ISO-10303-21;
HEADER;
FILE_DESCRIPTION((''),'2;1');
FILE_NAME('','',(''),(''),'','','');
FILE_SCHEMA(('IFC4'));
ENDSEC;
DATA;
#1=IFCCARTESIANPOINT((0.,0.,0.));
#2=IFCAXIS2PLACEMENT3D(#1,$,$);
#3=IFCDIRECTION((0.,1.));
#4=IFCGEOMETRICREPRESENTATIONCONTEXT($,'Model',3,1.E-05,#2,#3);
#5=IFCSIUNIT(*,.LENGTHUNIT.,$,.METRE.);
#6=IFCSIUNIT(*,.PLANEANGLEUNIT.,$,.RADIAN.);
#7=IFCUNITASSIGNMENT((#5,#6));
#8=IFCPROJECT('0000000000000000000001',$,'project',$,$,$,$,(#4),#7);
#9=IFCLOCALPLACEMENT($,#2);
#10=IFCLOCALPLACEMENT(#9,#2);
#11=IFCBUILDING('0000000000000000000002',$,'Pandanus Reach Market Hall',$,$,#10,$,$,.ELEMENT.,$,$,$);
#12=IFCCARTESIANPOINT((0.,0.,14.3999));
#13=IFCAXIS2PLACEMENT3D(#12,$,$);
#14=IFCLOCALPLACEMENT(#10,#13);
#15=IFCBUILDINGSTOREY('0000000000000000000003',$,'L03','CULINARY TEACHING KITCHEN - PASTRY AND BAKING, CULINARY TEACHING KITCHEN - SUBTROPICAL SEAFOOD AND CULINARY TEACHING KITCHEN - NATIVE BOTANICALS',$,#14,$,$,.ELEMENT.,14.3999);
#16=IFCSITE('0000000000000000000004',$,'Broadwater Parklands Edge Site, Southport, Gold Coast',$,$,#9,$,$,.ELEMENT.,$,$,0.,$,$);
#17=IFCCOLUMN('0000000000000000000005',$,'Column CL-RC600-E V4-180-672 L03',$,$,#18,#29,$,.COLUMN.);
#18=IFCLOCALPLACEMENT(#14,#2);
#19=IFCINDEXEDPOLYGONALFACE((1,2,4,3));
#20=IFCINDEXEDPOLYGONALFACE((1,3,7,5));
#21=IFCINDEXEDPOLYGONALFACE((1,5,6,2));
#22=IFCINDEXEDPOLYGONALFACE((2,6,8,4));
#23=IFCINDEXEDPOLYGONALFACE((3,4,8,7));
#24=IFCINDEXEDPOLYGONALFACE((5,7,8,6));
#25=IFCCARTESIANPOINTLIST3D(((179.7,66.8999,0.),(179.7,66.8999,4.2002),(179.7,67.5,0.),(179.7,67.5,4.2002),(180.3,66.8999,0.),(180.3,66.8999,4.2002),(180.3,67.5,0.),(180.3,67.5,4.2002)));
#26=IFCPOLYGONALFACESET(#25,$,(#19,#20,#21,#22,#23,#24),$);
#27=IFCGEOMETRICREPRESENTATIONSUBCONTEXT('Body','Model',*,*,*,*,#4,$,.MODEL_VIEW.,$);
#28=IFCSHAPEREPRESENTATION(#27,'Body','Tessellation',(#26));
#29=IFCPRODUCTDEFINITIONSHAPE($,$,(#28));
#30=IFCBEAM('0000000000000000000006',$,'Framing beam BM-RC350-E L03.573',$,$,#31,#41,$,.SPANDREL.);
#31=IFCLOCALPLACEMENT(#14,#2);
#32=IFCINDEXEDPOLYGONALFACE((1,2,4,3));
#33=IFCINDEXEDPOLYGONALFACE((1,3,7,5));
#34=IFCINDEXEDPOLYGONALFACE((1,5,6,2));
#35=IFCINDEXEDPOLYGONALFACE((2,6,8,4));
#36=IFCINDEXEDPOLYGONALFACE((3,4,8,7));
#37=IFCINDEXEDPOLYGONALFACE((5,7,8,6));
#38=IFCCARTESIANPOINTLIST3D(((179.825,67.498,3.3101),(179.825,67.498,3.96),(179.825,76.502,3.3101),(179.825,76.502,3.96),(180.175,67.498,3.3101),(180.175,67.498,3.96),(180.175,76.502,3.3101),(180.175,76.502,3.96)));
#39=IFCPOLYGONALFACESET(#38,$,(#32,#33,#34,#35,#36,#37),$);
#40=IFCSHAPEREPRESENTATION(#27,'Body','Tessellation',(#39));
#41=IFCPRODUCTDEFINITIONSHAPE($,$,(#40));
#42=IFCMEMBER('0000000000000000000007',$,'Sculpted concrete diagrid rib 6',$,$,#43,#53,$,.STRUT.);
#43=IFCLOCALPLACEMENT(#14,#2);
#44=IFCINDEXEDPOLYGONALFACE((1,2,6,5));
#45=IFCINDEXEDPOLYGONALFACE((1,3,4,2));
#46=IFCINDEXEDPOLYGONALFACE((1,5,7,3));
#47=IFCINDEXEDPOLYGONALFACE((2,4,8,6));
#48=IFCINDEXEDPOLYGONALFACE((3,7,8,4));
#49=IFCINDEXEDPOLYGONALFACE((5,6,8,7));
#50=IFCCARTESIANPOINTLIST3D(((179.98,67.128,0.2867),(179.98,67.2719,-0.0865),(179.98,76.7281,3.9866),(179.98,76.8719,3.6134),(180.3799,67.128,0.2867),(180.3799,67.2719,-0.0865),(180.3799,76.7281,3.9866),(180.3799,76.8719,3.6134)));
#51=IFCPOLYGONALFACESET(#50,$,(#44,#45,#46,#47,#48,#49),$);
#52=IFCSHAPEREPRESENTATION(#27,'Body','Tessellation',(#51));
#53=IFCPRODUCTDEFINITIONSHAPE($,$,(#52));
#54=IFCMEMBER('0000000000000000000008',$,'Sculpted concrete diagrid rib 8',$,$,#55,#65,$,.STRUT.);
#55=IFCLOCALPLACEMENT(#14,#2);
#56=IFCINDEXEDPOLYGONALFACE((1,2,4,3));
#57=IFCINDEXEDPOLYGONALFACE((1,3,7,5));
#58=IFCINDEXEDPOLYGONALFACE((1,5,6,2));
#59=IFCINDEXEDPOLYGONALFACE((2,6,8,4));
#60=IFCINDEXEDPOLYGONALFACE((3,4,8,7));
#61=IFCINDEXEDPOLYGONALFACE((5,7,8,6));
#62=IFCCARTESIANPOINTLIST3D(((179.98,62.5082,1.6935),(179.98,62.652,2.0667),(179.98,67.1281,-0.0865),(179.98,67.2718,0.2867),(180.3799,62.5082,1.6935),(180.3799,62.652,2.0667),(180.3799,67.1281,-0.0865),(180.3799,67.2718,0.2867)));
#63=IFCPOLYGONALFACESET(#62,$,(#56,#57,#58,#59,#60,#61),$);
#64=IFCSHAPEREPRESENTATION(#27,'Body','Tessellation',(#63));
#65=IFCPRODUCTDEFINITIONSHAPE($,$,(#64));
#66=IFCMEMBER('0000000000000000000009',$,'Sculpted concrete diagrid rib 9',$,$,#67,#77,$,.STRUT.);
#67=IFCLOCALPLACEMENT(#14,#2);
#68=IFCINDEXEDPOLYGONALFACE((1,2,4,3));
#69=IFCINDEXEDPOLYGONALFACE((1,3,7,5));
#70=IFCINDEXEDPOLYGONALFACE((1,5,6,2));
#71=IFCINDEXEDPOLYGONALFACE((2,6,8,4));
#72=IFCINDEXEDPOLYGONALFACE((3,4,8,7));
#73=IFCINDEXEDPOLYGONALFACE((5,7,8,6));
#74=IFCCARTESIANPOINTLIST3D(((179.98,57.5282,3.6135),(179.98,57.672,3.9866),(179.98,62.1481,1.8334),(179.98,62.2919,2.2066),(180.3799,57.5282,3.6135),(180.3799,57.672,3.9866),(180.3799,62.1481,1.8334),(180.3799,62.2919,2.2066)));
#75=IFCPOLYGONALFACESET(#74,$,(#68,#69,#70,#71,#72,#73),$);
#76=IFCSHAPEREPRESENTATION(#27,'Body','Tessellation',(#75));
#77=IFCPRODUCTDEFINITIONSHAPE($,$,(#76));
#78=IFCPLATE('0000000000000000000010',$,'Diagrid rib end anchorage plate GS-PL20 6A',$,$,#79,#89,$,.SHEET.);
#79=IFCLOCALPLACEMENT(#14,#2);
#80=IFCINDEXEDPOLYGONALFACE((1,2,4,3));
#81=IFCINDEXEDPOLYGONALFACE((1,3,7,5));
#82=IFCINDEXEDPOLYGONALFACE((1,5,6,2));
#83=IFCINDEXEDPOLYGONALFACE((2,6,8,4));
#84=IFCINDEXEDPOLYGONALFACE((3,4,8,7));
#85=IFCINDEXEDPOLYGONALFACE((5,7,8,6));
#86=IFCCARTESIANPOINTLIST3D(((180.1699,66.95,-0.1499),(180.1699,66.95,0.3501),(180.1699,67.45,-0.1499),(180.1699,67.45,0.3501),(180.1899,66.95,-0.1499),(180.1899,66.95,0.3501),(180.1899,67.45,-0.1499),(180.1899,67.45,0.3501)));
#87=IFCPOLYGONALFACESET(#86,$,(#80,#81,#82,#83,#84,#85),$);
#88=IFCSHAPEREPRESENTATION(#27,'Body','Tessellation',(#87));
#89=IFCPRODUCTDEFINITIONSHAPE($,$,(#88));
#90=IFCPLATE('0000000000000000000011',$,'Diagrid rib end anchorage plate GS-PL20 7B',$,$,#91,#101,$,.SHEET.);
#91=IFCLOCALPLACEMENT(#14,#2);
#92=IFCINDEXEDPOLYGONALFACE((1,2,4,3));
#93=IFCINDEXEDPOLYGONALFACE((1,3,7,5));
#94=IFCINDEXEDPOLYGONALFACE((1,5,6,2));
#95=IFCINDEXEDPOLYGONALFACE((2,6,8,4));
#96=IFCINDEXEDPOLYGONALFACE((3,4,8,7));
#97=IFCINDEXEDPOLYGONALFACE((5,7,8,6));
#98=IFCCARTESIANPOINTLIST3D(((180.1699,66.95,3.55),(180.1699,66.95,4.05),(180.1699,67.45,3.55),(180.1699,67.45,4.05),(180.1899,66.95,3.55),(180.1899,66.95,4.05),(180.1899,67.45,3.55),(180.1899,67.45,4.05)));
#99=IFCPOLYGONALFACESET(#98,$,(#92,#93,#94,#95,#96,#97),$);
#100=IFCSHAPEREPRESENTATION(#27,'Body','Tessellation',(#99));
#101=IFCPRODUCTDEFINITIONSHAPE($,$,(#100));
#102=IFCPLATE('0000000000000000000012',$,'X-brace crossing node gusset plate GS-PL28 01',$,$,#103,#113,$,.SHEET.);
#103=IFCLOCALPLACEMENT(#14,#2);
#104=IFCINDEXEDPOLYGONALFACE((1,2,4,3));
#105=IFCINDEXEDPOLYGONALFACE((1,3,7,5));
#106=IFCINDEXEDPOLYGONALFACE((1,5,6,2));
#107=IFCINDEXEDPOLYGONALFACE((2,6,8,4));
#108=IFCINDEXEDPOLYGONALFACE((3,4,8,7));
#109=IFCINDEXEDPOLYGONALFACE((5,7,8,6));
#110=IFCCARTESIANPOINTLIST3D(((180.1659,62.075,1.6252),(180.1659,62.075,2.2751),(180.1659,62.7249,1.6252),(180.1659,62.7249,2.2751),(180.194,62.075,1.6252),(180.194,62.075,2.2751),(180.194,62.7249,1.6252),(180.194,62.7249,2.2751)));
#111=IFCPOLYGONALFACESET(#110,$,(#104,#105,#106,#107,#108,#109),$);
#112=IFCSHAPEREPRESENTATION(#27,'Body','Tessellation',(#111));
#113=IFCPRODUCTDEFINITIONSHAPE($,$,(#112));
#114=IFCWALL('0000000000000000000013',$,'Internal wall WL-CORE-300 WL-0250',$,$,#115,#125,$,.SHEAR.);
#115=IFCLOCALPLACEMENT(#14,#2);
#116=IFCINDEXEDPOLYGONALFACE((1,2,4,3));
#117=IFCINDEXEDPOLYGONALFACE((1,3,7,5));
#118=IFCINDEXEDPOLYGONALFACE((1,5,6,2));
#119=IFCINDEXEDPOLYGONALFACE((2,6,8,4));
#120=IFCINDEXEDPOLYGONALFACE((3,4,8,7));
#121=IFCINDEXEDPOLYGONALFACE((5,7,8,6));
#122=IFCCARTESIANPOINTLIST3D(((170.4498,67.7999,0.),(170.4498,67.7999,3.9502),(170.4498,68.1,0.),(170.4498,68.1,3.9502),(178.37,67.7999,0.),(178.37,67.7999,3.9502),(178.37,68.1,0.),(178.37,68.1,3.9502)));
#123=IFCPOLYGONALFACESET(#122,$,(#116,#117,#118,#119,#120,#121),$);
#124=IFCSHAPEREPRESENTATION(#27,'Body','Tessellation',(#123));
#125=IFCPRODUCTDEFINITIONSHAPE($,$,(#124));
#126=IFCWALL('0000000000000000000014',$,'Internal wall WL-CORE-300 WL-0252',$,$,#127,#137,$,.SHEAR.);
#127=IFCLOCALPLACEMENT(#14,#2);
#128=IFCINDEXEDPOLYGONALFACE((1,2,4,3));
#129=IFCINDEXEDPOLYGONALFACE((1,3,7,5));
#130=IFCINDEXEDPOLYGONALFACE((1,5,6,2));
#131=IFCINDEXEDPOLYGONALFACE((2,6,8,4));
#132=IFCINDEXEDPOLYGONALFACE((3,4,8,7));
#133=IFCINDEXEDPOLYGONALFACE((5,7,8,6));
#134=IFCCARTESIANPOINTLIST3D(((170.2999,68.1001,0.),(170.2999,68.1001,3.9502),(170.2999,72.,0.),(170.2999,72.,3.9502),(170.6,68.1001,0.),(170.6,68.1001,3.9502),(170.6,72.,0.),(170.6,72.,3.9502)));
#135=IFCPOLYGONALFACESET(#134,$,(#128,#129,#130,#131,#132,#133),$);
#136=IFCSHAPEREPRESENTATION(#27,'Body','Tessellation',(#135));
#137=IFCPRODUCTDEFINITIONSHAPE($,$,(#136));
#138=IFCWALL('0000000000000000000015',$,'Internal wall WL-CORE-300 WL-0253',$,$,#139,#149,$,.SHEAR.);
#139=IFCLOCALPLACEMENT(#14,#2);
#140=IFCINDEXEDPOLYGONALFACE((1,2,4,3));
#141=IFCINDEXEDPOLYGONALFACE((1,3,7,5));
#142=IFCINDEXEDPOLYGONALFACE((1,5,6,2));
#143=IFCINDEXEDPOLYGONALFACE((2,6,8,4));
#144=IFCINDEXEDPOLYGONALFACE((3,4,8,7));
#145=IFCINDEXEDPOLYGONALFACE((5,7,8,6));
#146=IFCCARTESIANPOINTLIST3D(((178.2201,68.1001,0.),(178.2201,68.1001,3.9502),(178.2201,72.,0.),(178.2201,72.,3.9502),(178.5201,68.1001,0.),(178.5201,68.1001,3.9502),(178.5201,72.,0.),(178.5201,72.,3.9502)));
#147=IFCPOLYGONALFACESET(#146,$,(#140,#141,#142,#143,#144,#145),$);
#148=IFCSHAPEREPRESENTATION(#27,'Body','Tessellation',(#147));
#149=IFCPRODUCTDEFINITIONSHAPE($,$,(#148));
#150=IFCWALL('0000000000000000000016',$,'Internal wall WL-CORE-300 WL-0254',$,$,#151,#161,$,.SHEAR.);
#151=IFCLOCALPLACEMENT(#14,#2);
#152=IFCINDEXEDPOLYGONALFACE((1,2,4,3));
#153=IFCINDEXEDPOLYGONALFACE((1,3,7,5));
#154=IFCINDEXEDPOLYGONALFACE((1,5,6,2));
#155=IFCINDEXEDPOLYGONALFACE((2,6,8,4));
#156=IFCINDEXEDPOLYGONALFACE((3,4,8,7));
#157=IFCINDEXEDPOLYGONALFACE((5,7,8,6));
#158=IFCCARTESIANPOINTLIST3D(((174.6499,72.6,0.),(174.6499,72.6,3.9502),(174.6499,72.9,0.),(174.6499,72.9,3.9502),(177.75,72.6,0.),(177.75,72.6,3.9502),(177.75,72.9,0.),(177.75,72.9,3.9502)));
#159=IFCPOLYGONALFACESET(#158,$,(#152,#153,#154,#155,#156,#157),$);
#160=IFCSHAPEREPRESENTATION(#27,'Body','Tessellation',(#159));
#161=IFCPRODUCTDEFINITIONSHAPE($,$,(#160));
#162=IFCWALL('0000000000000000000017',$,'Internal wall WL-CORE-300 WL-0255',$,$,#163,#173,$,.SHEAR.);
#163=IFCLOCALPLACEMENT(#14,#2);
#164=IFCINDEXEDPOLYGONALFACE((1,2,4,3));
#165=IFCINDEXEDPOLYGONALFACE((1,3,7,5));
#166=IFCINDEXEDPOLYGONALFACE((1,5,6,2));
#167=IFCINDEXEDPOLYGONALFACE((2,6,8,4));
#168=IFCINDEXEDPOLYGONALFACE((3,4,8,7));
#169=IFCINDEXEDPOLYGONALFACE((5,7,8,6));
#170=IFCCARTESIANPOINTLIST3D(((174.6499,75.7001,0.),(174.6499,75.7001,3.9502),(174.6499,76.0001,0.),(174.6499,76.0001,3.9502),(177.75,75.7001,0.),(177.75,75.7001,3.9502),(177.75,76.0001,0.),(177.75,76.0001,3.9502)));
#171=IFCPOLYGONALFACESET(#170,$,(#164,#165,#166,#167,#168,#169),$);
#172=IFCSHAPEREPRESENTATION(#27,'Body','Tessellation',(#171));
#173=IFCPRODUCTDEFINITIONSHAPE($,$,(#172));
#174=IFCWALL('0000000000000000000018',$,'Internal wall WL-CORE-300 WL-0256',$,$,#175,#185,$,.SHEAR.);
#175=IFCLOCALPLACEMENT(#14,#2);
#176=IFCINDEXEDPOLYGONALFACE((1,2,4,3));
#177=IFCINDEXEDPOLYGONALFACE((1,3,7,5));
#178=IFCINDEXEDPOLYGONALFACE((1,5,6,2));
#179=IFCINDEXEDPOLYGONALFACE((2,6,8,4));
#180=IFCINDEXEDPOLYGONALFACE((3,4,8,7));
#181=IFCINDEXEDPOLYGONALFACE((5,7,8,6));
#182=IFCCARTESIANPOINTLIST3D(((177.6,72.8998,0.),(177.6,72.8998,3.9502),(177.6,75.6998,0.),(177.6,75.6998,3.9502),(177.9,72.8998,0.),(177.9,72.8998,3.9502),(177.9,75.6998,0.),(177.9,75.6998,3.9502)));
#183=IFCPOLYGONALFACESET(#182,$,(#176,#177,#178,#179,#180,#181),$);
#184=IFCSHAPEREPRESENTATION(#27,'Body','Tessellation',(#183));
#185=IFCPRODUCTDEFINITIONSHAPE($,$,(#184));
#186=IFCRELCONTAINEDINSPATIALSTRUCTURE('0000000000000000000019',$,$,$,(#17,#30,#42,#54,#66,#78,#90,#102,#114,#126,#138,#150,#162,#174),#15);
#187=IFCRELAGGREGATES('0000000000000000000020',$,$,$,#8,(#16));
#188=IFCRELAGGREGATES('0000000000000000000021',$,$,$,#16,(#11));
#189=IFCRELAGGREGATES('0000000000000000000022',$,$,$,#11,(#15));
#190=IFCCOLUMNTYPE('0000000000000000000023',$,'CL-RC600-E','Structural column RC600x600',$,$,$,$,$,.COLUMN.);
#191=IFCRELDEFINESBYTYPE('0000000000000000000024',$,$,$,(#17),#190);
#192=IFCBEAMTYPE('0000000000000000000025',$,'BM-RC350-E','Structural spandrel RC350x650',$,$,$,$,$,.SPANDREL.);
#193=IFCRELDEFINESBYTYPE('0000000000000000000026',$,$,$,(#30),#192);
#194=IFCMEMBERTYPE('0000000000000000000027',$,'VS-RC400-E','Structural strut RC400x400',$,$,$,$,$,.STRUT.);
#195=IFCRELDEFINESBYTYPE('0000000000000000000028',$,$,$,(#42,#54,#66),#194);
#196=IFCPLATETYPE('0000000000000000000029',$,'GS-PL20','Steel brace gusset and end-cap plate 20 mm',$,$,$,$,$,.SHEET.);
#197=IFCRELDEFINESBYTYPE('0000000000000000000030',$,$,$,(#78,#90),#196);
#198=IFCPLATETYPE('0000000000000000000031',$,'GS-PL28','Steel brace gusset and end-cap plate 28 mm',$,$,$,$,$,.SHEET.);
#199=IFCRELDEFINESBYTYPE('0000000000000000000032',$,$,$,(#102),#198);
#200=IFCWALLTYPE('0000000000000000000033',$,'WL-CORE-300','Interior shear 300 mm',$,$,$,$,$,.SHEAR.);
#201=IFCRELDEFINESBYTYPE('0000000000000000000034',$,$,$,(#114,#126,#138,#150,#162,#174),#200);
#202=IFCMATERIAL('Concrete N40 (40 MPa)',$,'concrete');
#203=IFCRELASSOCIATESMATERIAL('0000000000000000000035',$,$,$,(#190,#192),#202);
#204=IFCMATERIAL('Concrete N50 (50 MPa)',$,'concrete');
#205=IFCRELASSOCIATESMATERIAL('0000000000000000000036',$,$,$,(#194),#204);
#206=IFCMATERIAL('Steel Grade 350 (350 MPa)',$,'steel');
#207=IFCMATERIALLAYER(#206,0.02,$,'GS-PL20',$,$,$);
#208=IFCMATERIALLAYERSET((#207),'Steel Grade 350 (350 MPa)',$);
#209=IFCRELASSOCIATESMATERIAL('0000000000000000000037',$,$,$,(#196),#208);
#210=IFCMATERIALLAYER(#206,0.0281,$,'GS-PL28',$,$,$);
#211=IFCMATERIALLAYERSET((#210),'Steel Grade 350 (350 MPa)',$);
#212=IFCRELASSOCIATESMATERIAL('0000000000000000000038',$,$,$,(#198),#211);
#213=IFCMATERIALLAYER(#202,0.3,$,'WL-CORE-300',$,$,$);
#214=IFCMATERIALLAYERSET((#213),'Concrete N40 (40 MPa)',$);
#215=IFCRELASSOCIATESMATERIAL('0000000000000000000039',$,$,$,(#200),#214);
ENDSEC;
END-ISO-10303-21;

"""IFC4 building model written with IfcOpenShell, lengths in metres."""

from ifc_helpers import new_model, si_unit, direction, frame, frame_2d, origin, origin_2d, place, context, subcontext, project, spatial, rectangle, extrude, material, layer, layer_set, material_profile, profile_set, type_object, element, save


model = new_model("IFC4")

# Units and contexts
model_context = context("Model", 3, precision=1e-05, world=origin(), true_north=direction((0.0, 1.0)))
body_context = subcontext(model_context, "Body", "Model", "MODEL_VIEW")
ifc_project = project(units=[si_unit("LENGTHUNIT", "METRE"), si_unit("PLANEANGLEUNIT", "RADIAN")], contexts=[model_context])

# Site, building, storey
site_placement = place(None, origin())
site = spatial("IfcSite", under=ifc_project, at=site_placement, Name="Broadwater Parklands Edge Site, Southport, Gold Coast", CompositionType="ELEMENT", RefElevation=0.0)
building_placement = place(site_placement, origin())
building = spatial("IfcBuilding", under=site, at=building_placement, Name="Pandanus Reach Market Hall", CompositionType="ELEMENT")
storey_placement = place(building_placement, frame((0.0, 0.0, 14.3999)))
storey = spatial("IfcBuildingStorey", under=building, at=storey_placement, Name="L03", Description="CULINARY TEACHING KITCHEN - PASTRY AND BAKING, CULINARY TEACHING KITCHEN - SUBTROPICAL SEAFOOD AND CULINARY TEACHING KITCHEN - NATIVE BOTANICALS", CompositionType="ELEMENT", Elevation=14.3999)

# Column
ifc_material_1 = material(Name="Concrete N40 (40 MPa)", Category="concrete")
ifc_material_profile_1 = material_profile(ifc_material_1, rectangle(XDim=0.6001, YDim=0.6001, at=origin_2d()), Name="RC600x600", Category="LoadBearing")
ifc_profile_set_1 = profile_set([ifc_material_profile_1], Name="Concrete N40 (40 MPa)")
column_type = type_object("IfcColumnType", Name="CL-RC600-E", Description="Structural column RC600x600", PredefinedType="COLUMN", material=ifc_profile_set_1)
column_placement = place(storey_placement, frame((180.0, 67.2, 0.0), z_axis=(0.0, 0.0, 1.0), x_axis=(1.0, 0.0, 0.0)))
element("IfcColumn", 1, at=column_placement, inside=storey, type_object=column_type, Name="Column CL-RC600-E V4-180-672 L03", PredefinedType="COLUMN", context=body_context, shape_type="SweptSolid", body=[
    extrude(rectangle(XDim=0.6001, YDim=0.6001, at=origin_2d()), origin(), (0.0, 0.0, 1.0), 4.2002),
])

# Beam
ifc_material_profile_2 = material_profile(ifc_material_1, rectangle(XDim=0.3501, YDim=0.6499, at=origin_2d()), Name="RC350x650", Category="LoadBearing")
ifc_profile_set_2 = profile_set([ifc_material_profile_2], Name="Concrete N40 (40 MPa)")
beam_type = type_object("IfcBeamType", Name="BM-RC350-E", Description="Structural spandrel RC350x650", PredefinedType="SPANDREL", material=ifc_profile_set_2)
beam_placement = place(storey_placement, frame((180.0, 67.498, 3.635), z_axis=(0.0, 1.0, 0.0), x_axis=(-1.0, 0.0, 0.0)))
element("IfcBeam", 2, at=beam_placement, inside=storey, type_object=beam_type, Name="Framing beam BM-RC350-E L03.573", PredefinedType="SPANDREL", context=body_context, shape_type="SweptSolid", body=[
    extrude(rectangle(XDim=0.3501, YDim=0.6499, at=origin_2d()), origin(), (0.0, 0.0, 1.0), 9.0039),
])

# Members
ifc_material_2 = material(Name="Concrete N50 (50 MPa)", Category="concrete")
ifc_material_profile_3 = material_profile(ifc_material_2, rectangle(XDim=0.3999, YDim=0.3999, at=origin_2d()), Name="RC400x400", Category="LoadBearing")
ifc_profile_set_3 = profile_set([ifc_material_profile_3], Name="Concrete N50 (50 MPa)")
member_type = type_object("IfcMemberType", Name="VS-RC400-E", Description="Structural strut RC400x400", PredefinedType="STRUT", material=ifc_profile_set_3)
member_placement = place(storey_placement, frame((180.1799, 67.2, 0.1001), z_axis=(0.0, 0.933098, 0.359623), x_axis=(-1.0, 0.0, 0.0)))
element("IfcMember", 3, at=member_placement, inside=storey, type_object=member_type, Name="Sculpted concrete diagrid rib 6", PredefinedType="STRUT", context=body_context, shape_type="SweptSolid", body=[
    extrude(rectangle(XDim=0.3999, YDim=0.3999, at=origin_2d()), origin(), (0.0, 0.0, 1.0), 10.2883),
])
for number, where, z_axis, x_axis, name in (
    (4, (180.1799, 67.2, 0.1001), (0.0, -0.933132, 0.359534), (1.0, 0.0, 0.0), "Sculpted concrete diagrid rib 8"),
    (5, (180.1799, 62.22, 2.02), (0.0, -0.933132, 0.359534), (1.0, 0.0, 0.0), "Sculpted concrete diagrid rib 9"),
):
    element("IfcMember", number, at=place(storey_placement, frame(where, z_axis=z_axis, x_axis=x_axis)), inside=storey, type_object=member_type, Name=name, PredefinedType="STRUT", context=body_context, shape_type="SweptSolid", body=[
        extrude(rectangle(XDim=0.3999, YDim=0.3999, at=origin_2d()), origin(), (0.0, 0.0, 1.0), 4.9509),
    ])

# Plates
ifc_material_3 = material(Name="Steel Grade 350 (350 MPa)", Category="steel")
ifc_layer_1 = layer(ifc_material_3, 0.02, Name="GS-PL20")
ifc_layer_set_1 = layer_set([ifc_layer_1], Name="Steel Grade 350 (350 MPa)")
plate_type_1 = type_object("IfcPlateType", Name="GS-PL20", Description="Steel brace gusset and end-cap plate 20 mm", PredefinedType="SHEET", material=ifc_layer_set_1)
for number, where, z_axis, x_axis, name in (
    (6, (180.1799, 67.2, -0.1499), (0.0, 0.0, 1.0), (1.0, 0.0, 0.0), "Diagrid rib end anchorage plate GS-PL20 6A"),
    (7, (180.1799, 67.2, 3.55), (0.0, 0.0, 1.0), (1.0, 0.0, 0.0), "Diagrid rib end anchorage plate GS-PL20 7B"),
):
    element("IfcPlate", number, at=place(storey_placement, frame(where, z_axis=z_axis, x_axis=x_axis)), inside=storey, type_object=plate_type_1, Name=name, PredefinedType="SHEET", context=body_context, shape_type="SweptSolid", body=[
        extrude(rectangle(XDim=0.02, YDim=0.5, at=origin_2d()), origin(), (0.0, 0.0, 1.0), 0.5),
    ])
ifc_layer_2 = layer(ifc_material_3, 0.0281, Name="GS-PL28")
ifc_layer_set_2 = layer_set([ifc_layer_2], Name="Steel Grade 350 (350 MPa)")
plate_type_2 = type_object("IfcPlateType", Name="GS-PL28", Description="Steel brace gusset and end-cap plate 28 mm", PredefinedType="SHEET", material=ifc_layer_set_2)
plate_placement = place(storey_placement, frame((180.1799, 62.3999, 1.6252), z_axis=(0.0, 0.0, 1.0), x_axis=(1.0, 0.0, 0.0)))
element("IfcPlate", 8, at=plate_placement, inside=storey, type_object=plate_type_2, Name="X-brace crossing node gusset plate GS-PL28 01", PredefinedType="SHEET", context=body_context, shape_type="SweptSolid", body=[
    extrude(rectangle(XDim=0.0281, YDim=0.6499, at=origin_2d()), origin(), (0.0, 0.0, 1.0), 0.6499),
])

# Wall
ifc_layer_3 = layer(ifc_material_1, 0.3, Name="WL-CORE-300")
ifc_layer_set_3 = layer_set([ifc_layer_3], Name="Concrete N40 (40 MPa)")
wall_type_1 = type_object("IfcWallType", Name="WL-CORE-300", Description="Interior shear 300 mm", PredefinedType="SHEAR", material=ifc_layer_set_3)
wall_1_placement = place(storey_placement, frame((170.45, 67.95, 0.0), z_axis=(0.0, 0.0, 1.0), x_axis=(1.0, 0.0, 0.0)))
element("IfcWall", 9, at=wall_1_placement, inside=storey, type_object=wall_type_1, Name="Internal wall WL-CORE-300 WL-0250", PredefinedType="SHEAR", context=body_context, shape_type="SweptSolid", body=[
    extrude(rectangle(XDim=7.9202, YDim=0.3, at=frame_2d((3.96, 0.0))), origin(), (0.0, 0.0, 1.0), 3.9502),
])

# Walls
for number, where, z_axis, x_axis, name in (
    (10, (170.45, 68.1001, 0.0), (0.0, 0.0, 1.0), (0.0, 1.0, 0.0), "Internal wall WL-CORE-300 WL-0252"),
    (11, (178.3701, 68.1001, 0.0), (0.0, 0.0, 1.0), (0.0, 1.0, 0.0), "Internal wall WL-CORE-300 WL-0253"),
):
    element("IfcWall", number, at=place(storey_placement, frame(where, z_axis=z_axis, x_axis=x_axis)), inside=storey, type_object=wall_type_1, Name=name, PredefinedType="SHEAR", context=body_context, shape_type="SweptSolid", body=[
        extrude(rectangle(XDim=3.8999, YDim=0.3, at=frame_2d((1.95, 0.0))), origin(), (0.0, 0.0, 1.0), 3.9502),
    ])
for number, where, z_axis, x_axis, name in (
    (12, (174.6499, 72.75, 0.0), (0.0, 0.0, 1.0), (1.0, 0.0, 0.0), "Internal wall WL-CORE-300 WL-0254"),
    (13, (174.6499, 75.8501, 0.0), (0.0, 0.0, 1.0), (1.0, 0.0, 0.0), "Internal wall WL-CORE-300 WL-0255"),
):
    element("IfcWall", number, at=place(storey_placement, frame(where, z_axis=z_axis, x_axis=x_axis)), inside=storey, type_object=wall_type_1, Name=name, PredefinedType="SHEAR", context=body_context, shape_type="SweptSolid", body=[
        extrude(rectangle(XDim=3.1001, YDim=0.3, at=frame_2d((1.55, 0.0))), origin(), (0.0, 0.0, 1.0), 3.9502),
    ])
wall_2_placement = place(storey_placement, frame((177.75, 72.8999, 0.0), z_axis=(0.0, 0.0, 1.0), x_axis=(0.0, 1.0, 0.0)))
element("IfcWall", 14, at=wall_2_placement, inside=storey, type_object=wall_type_1, Name="Internal wall WL-CORE-300 WL-0256", PredefinedType="SHEAR", context=body_context, shape_type="SweptSolid", body=[
    extrude(rectangle(XDim=2.8, YDim=0.3, at=frame_2d((1.3999, 0.0))), origin(), (0.0, 0.0, 1.0), 3.9502),
])

save(model, "model.ifc")
